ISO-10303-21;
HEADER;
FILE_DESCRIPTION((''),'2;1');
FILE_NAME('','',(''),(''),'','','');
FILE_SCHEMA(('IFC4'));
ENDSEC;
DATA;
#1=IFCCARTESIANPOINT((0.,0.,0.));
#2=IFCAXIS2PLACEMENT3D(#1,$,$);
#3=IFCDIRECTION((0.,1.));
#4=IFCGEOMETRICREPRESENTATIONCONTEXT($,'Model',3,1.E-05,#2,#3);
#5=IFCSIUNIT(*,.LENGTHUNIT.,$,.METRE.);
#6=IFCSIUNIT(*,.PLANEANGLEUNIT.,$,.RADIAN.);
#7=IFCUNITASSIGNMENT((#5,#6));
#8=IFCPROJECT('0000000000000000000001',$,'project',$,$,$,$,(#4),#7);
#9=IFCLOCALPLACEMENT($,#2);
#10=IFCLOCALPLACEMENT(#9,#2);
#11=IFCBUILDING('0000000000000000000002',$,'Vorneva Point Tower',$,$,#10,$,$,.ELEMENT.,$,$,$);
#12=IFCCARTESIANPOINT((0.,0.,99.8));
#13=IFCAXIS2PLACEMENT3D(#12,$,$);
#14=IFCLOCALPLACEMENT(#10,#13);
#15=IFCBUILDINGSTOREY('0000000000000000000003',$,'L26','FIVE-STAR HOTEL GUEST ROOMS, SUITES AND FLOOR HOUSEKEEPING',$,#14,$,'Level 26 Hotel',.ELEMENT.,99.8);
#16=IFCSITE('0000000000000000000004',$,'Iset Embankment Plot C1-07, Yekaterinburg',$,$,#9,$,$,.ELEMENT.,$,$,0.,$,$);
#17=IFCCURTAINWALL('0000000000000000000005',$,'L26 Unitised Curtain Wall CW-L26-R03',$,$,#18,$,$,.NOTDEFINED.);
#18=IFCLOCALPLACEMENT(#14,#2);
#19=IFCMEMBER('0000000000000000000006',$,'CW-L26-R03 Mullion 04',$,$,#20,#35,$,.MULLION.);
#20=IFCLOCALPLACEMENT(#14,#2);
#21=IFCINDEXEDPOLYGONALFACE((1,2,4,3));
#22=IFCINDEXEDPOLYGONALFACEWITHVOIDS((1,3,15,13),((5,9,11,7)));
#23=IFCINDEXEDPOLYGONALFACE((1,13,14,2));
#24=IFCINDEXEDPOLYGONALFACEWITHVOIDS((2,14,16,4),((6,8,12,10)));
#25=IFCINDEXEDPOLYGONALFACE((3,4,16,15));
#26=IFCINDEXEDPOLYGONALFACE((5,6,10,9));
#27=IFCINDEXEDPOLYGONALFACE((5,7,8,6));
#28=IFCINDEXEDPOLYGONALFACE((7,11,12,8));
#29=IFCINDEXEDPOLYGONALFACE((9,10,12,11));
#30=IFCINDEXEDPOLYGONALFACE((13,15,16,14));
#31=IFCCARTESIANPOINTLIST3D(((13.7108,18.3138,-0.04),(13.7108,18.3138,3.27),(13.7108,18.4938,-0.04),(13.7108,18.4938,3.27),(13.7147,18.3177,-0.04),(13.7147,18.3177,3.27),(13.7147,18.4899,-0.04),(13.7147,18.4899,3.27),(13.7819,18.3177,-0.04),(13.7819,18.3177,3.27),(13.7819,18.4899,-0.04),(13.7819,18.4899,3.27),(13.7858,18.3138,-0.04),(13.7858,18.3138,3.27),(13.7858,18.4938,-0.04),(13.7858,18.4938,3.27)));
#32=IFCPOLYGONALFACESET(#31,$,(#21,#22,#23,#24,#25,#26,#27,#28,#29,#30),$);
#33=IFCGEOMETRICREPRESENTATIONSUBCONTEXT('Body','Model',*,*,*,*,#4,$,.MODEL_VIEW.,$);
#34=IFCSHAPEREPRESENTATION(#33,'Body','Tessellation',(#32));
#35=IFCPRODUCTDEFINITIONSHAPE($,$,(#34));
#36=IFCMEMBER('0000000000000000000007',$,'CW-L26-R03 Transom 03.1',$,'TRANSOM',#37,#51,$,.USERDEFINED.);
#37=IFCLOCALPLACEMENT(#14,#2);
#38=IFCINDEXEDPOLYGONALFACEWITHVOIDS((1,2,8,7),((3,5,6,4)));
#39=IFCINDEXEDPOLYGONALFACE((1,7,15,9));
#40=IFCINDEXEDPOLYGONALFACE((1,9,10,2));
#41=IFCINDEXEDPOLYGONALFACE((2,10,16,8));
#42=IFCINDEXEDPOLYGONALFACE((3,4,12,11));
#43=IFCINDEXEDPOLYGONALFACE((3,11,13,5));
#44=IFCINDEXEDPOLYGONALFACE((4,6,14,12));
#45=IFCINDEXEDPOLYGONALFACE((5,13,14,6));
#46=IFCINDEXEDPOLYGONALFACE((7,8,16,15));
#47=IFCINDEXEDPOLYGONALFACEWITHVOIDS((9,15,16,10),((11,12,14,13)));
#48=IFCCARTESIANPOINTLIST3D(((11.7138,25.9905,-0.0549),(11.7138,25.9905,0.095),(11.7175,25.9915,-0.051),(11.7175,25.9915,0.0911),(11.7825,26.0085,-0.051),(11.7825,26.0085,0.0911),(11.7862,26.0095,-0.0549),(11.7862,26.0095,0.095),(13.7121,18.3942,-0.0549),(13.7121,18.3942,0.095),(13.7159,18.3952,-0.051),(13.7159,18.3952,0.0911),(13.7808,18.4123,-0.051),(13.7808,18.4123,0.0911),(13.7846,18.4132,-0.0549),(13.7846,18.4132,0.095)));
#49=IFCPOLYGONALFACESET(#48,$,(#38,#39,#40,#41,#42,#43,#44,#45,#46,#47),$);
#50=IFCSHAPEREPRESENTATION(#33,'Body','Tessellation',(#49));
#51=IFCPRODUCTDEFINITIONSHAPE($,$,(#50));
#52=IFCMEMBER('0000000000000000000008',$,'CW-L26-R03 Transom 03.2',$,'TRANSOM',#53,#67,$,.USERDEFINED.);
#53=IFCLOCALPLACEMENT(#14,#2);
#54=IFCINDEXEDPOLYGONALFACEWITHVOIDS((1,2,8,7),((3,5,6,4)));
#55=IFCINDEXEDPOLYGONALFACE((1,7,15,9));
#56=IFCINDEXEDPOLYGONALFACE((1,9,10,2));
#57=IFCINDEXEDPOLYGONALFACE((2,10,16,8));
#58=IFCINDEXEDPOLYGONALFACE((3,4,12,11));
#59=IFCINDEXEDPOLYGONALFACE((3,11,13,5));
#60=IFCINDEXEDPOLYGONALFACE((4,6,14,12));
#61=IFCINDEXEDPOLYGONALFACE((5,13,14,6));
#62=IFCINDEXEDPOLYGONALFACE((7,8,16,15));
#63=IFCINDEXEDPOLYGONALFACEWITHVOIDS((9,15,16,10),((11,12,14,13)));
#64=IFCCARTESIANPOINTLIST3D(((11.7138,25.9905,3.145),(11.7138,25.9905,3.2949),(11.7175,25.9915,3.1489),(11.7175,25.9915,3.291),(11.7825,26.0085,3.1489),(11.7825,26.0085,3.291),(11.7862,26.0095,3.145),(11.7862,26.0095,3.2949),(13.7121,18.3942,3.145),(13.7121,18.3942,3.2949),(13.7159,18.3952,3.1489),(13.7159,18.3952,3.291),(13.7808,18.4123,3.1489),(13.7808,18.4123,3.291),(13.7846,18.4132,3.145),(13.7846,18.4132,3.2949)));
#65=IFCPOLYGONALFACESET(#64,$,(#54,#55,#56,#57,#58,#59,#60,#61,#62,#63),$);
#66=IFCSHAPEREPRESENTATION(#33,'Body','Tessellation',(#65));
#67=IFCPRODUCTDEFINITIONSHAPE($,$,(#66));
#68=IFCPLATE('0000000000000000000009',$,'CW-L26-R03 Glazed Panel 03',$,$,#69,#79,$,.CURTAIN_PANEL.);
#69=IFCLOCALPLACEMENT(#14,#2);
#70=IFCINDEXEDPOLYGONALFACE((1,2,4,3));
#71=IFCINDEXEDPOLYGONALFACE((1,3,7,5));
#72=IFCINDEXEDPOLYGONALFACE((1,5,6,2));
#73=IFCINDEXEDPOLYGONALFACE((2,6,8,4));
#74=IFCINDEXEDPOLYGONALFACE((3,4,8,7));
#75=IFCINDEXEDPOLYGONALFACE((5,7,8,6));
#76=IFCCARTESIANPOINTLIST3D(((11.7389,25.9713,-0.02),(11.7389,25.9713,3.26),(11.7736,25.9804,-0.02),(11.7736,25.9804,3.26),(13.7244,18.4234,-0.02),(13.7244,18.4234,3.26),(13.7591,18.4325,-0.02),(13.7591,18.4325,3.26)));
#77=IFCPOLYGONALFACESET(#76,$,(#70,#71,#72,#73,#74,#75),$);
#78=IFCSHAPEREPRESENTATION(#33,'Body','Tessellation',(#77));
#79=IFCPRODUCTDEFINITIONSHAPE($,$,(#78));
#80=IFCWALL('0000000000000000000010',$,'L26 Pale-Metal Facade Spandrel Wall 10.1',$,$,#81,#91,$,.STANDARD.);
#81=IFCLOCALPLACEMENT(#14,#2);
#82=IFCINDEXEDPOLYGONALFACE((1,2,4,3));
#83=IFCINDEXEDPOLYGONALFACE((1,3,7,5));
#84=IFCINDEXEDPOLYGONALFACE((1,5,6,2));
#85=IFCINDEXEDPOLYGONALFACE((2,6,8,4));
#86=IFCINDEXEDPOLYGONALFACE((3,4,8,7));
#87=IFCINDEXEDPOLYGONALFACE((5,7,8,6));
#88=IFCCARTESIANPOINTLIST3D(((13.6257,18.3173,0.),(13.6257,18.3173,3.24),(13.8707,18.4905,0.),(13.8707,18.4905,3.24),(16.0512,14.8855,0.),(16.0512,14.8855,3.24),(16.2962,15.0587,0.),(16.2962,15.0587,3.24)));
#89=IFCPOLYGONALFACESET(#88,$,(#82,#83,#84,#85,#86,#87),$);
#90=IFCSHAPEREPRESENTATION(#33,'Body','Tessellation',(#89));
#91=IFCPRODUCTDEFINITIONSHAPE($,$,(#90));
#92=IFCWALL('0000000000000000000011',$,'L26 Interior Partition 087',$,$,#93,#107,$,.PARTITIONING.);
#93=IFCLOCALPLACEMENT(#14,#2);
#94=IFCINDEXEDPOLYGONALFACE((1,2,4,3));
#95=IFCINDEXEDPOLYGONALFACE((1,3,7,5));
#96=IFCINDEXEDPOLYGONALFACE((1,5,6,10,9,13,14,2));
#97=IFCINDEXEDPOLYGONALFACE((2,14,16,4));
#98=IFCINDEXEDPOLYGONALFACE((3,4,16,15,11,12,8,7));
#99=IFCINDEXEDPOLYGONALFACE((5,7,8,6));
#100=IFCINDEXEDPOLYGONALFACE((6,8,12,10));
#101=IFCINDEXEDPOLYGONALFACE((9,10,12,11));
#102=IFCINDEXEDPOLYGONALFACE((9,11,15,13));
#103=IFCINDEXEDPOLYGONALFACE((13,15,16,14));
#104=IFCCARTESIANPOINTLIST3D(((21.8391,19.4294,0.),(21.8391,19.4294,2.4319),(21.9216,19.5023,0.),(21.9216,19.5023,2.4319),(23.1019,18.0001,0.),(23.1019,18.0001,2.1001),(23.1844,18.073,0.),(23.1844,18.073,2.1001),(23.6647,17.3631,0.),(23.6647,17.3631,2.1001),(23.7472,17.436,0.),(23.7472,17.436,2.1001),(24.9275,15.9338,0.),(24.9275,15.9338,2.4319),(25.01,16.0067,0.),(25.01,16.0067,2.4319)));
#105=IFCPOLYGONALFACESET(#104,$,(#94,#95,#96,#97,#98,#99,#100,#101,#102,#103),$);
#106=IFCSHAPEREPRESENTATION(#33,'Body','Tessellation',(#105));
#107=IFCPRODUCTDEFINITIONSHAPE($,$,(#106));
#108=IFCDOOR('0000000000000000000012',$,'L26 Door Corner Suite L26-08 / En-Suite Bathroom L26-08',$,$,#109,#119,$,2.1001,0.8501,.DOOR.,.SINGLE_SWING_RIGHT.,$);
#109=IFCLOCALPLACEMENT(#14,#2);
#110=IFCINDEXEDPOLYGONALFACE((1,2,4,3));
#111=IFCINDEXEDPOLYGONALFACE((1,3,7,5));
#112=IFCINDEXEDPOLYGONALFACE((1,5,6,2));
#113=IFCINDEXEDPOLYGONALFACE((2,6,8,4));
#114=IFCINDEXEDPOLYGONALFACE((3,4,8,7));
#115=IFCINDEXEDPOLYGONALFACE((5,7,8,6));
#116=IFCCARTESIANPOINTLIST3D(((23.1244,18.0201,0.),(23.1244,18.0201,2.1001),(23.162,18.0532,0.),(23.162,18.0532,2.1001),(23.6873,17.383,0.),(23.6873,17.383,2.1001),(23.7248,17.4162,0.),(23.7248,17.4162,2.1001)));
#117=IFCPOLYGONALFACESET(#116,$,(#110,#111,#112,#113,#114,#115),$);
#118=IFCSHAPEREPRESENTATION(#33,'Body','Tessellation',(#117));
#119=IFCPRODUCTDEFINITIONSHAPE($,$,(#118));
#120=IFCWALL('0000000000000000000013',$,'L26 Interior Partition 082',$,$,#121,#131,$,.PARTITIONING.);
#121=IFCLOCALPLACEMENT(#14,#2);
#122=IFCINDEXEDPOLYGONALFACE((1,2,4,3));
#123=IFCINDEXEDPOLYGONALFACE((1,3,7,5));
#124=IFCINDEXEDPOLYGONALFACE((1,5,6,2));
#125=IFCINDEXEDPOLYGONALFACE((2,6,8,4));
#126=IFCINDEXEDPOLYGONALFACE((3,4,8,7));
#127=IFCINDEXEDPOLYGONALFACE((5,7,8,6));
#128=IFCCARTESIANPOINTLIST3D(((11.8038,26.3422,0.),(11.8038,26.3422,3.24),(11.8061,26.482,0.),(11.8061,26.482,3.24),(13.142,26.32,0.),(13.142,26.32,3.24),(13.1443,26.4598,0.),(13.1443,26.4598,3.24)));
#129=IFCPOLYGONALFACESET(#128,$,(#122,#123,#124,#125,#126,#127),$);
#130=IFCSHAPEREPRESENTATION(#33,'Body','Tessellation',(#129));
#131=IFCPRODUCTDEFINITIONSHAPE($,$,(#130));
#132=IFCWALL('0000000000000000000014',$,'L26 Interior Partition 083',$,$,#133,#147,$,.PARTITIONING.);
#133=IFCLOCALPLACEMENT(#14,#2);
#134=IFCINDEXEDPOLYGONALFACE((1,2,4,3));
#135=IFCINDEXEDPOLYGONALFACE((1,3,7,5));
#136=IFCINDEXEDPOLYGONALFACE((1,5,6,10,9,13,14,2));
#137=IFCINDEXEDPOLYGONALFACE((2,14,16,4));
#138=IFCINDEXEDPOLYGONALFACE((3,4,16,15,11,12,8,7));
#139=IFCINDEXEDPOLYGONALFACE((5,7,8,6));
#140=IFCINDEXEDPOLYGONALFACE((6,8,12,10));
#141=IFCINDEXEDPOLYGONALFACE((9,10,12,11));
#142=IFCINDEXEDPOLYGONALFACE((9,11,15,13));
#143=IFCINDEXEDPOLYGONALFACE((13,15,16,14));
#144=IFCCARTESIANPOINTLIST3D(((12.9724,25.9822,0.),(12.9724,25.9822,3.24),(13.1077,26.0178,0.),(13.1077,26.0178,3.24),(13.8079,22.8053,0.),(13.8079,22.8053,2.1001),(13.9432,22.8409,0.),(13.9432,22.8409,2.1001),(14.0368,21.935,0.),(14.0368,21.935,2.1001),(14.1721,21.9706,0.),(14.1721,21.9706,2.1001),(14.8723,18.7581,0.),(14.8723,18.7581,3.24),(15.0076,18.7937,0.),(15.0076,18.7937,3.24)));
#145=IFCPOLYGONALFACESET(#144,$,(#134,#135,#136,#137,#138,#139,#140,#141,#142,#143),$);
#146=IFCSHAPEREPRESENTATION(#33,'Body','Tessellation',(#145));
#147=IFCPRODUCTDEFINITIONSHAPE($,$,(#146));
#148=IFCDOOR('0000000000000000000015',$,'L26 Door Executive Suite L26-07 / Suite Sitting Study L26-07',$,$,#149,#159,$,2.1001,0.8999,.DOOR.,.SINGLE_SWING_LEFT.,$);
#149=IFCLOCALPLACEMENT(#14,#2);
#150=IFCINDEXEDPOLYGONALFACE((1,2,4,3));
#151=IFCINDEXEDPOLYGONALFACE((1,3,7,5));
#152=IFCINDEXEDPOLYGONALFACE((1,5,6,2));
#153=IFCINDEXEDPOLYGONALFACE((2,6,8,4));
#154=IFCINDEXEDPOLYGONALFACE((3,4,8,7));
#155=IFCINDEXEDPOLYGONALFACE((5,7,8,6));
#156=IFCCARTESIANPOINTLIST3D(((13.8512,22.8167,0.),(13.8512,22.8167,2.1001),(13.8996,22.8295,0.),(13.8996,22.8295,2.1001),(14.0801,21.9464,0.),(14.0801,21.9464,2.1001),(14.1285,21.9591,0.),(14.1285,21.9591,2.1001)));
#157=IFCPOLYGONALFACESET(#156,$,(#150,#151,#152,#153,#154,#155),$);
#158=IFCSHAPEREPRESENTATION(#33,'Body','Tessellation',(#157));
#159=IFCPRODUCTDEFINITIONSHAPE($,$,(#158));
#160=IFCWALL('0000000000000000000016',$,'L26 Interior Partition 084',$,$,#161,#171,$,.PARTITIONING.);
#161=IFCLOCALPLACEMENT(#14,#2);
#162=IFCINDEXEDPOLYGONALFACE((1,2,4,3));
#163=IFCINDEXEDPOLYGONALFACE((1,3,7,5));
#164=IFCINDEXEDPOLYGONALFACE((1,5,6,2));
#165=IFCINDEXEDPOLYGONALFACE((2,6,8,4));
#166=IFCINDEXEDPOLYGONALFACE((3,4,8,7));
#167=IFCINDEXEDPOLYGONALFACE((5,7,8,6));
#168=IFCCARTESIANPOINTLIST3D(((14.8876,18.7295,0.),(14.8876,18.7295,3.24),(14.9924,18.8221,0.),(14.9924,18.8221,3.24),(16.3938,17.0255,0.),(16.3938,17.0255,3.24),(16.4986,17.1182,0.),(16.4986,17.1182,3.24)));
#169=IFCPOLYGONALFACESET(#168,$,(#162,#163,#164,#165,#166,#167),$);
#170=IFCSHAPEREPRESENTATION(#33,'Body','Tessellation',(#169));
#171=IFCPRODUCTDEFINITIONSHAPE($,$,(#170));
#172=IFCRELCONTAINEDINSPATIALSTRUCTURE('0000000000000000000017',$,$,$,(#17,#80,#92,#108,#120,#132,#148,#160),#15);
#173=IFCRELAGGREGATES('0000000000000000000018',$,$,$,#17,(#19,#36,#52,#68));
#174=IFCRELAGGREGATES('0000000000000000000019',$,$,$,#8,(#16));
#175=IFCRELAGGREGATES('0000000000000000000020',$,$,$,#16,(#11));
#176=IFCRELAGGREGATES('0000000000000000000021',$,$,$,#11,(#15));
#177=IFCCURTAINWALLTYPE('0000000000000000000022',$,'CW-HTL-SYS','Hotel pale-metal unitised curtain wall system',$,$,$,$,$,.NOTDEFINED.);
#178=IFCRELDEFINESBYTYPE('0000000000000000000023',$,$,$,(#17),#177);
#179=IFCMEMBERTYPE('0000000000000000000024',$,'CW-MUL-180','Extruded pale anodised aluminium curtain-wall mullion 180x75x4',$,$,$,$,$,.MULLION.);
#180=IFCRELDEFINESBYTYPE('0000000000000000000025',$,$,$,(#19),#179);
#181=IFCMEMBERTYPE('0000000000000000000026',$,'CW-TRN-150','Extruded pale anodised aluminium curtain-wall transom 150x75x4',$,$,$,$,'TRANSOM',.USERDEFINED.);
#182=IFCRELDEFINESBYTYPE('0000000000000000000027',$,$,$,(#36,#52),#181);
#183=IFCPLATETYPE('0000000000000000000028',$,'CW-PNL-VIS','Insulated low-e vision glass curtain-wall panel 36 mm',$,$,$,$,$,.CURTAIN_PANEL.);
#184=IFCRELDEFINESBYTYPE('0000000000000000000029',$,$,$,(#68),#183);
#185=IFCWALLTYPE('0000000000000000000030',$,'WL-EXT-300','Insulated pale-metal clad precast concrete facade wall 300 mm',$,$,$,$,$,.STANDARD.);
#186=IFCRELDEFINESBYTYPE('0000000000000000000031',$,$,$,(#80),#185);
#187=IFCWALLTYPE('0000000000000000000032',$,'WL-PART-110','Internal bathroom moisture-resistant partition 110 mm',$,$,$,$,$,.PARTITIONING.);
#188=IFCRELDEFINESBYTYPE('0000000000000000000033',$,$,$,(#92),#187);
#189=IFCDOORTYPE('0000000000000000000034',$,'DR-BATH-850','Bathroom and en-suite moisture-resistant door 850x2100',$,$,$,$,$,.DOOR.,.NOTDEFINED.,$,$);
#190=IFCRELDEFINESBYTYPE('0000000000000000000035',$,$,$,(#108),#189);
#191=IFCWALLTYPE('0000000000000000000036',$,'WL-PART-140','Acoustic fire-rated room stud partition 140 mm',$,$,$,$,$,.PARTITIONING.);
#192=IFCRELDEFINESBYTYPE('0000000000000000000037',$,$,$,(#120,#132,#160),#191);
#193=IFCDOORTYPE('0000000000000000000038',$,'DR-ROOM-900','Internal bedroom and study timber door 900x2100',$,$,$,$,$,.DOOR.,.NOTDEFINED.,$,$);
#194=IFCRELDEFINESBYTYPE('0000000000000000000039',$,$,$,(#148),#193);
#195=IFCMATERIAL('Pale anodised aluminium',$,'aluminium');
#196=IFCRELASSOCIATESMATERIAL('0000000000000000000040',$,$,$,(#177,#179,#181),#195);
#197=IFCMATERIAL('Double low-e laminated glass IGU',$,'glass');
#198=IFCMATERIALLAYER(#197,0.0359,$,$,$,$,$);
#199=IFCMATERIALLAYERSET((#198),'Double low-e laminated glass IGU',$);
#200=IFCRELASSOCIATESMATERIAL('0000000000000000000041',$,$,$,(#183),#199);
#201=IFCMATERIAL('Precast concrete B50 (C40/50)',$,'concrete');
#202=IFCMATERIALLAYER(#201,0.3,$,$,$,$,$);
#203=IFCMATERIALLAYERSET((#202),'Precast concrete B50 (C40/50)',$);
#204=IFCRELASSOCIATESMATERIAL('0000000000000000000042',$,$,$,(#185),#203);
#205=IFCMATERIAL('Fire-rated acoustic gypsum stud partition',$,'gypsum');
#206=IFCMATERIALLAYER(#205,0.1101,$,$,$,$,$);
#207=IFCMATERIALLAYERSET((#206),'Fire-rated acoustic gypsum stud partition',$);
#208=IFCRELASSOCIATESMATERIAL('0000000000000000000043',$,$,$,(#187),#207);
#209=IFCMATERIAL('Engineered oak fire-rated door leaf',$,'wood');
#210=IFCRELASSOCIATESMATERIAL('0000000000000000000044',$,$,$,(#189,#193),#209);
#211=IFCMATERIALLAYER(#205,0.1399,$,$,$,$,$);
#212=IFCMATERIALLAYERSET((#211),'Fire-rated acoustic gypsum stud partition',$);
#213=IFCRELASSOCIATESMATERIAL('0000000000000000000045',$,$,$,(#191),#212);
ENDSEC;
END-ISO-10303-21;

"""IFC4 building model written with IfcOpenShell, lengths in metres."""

from ifc_helpers import new_model, si_unit, direction, frame, frame_2d, origin, origin_2d, place, context, subcontext, project, spatial, rectangle, hollow_rectangle, extrude, material, layer, layer_set, material_profile, profile_set, type_object, element, fill, aggregate, save


model = new_model("IFC4")

# Units and contexts
model_context = context("Model", 3, precision=1e-05, world=origin(), true_north=direction((0.0, 1.0)))
body_context = subcontext(model_context, "Body", "Model", "MODEL_VIEW")
ifc_project = project(units=[si_unit("LENGTHUNIT", "METRE"), si_unit("PLANEANGLEUNIT", "RADIAN")], contexts=[model_context])

# Site, building, storey
site_placement = place(None, origin())
site = spatial("IfcSite", under=ifc_project, at=site_placement, Name="Iset Embankment Plot C1-07, Yekaterinburg", CompositionType="ELEMENT", RefElevation=0.0)
building_placement = place(site_placement, origin())
building = spatial("IfcBuilding", under=site, at=building_placement, Name="Vorneva Point Tower", CompositionType="ELEMENT")
storey_placement = place(building_placement, frame((0.0, 0.0, 99.8)))
storey = spatial("IfcBuildingStorey", under=building, at=storey_placement, Name="L26", Description="FIVE-STAR HOTEL GUEST ROOMS, SUITES AND FLOOR HOUSEKEEPING", LongName="Level 26 Hotel", CompositionType="ELEMENT", Elevation=99.8)

# Curtain wall, members, plate
ifc_material_1 = material(Name="Pale anodised aluminium", Category="aluminium")
curtain_wall_type = type_object("IfcCurtainWallType", Name="CW-HTL-SYS", Description="Hotel pale-metal unitised curtain wall system", PredefinedType="NOTDEFINED", material=ifc_material_1)
curtain_wall_placement = place(storey_placement, origin())
curtain_wall = element("IfcCurtainWall", 1, at=curtain_wall_placement, inside=storey, type_object=curtain_wall_type, Name="L26 Unitised Curtain Wall CW-L26-R03", PredefinedType="NOTDEFINED")
ifc_material_profile_1 = material_profile(ifc_material_1, hollow_rectangle(XDim=0.075, YDim=0.1799, WallThickness=0.0039, at=origin_2d()), Name="AL-MUL 180x75x4")
ifc_profile_set_1 = profile_set([ifc_material_profile_1], Name="Pale anodised aluminium")
member_type_1 = type_object("IfcMemberType", Name="CW-MUL-180", Description="Extruded pale anodised aluminium curtain-wall mullion 180x75x4", PredefinedType="MULLION", material=ifc_profile_set_1)
member_1_placement = place(storey_placement, frame((13.7483, 18.4038, -0.04), z_axis=(0.0, 0.0, 1.0), x_axis=(1.0, 0.0, 0.0)))
member_1 = element("IfcMember", 2, at=member_1_placement, type_object=member_type_1, Name="CW-L26-R03 Mullion 04", PredefinedType="MULLION", context=body_context, shape_type="SweptSolid", body=[
    extrude(hollow_rectangle(XDim=0.075, YDim=0.1799, WallThickness=0.0039, at=origin_2d()), origin(), (0.0, 0.0, 1.0), 3.3101),
])
ifc_material_profile_2 = material_profile(ifc_material_1, hollow_rectangle(XDim=0.075, YDim=0.1499, WallThickness=0.0039, at=origin_2d()), Name="AL-TRN 150x75x4")
ifc_profile_set_2 = profile_set([ifc_material_profile_2], Name="Pale anodised aluminium")
member_type_2 = type_object("IfcMemberType", Name="CW-TRN-150", Description="Extruded pale anodised aluminium curtain-wall transom 150x75x4", ElementType="TRANSOM", PredefinedType="USERDEFINED", material=ifc_profile_set_2)
member_2_placement = place(storey_placement, frame((11.75, 26.0, 0.02), z_axis=(0.254409, -0.967097, 0.0), x_axis=(0.967097, 0.254409, 0.0)))
member_2 = element("IfcMember", 3, at=member_2_placement, type_object=member_type_2, Name="CW-L26-R03 Transom 03.1", ObjectType="TRANSOM", PredefinedType="USERDEFINED", context=body_context, shape_type="SweptSolid", body=[
    extrude(hollow_rectangle(XDim=0.075, YDim=0.1499, WallThickness=0.0039, at=origin_2d()), origin(), (0.0, 0.0, 1.0), 7.8547),
])
member_3_placement = place(storey_placement, frame((11.75, 26.0, 3.22), z_axis=(0.254409, -0.967097, 0.0), x_axis=(0.967097, 0.254409, 0.0)))
member_3 = element("IfcMember", 4, at=member_3_placement, type_object=member_type_2, Name="CW-L26-R03 Transom 03.2", ObjectType="TRANSOM", PredefinedType="USERDEFINED", context=body_context, shape_type="SweptSolid", body=[
    extrude(hollow_rectangle(XDim=0.075, YDim=0.1499, WallThickness=0.0039, at=origin_2d()), origin(), (0.0, 0.0, 1.0), 7.8547),
])
ifc_material_2 = material(Name="Double low-e laminated glass IGU", Category="glass")
ifc_layer_1 = layer(ifc_material_2, 0.0359)
ifc_layer_set_1 = layer_set([ifc_layer_1], Name="Double low-e laminated glass IGU")
plate_type = type_object("IfcPlateType", Name="CW-PNL-VIS", Description="Insulated low-e vision glass curtain-wall panel 36 mm", PredefinedType="CURTAIN_PANEL", material=ifc_layer_set_1)
plate_placement = place(storey_placement, frame((12.749, 22.2019, -0.02), z_axis=(0.0, 0.0, 1.0), x_axis=(0.254399, -0.967099, 0.0)))
plate = element("IfcPlate", 5, at=plate_placement, type_object=plate_type, Name="CW-L26-R03 Glazed Panel 03", PredefinedType="CURTAIN_PANEL", context=body_context, shape_type="SweptSolid", body=[
    extrude(rectangle(XDim=7.8047, YDim=0.0359, at=origin_2d()), origin(), (0.0, 0.0, 1.0), 3.28),
])
aggregate(curtain_wall, [member_1, member_2, member_3, plate])

# Wall
ifc_material_3 = material(Name="Precast concrete B50 (C40/50)", Category="concrete")
ifc_layer_2 = layer(ifc_material_3, 0.3)
ifc_layer_set_2 = layer_set([ifc_layer_2], Name="Precast concrete B50 (C40/50)")
wall_type_1 = type_object("IfcWallType", Name="WL-EXT-300", Description="Insulated pale-metal clad precast concrete facade wall 300 mm", PredefinedType="STANDARD", material=ifc_layer_set_2)
wall_1_placement = place(storey_placement, frame((13.7483, 18.4038, 0.0), z_axis=(0.0, 0.0, 1.0), x_axis=(0.577164, -0.816628, 0.0)))
element("IfcWall", 6, at=wall_1_placement, inside=storey, type_object=wall_type_1, Name="L26 Pale-Metal Facade Spandrel Wall 10.1", PredefinedType="STANDARD", context=body_context, shape_type="SweptSolid", body=[
    extrude(rectangle(XDim=4.2024, YDim=0.3, at=frame_2d((2.1011, 0.0))), origin(), (0.0, 0.0, 1.0), 3.24),
])

# Wall, opening, door
ifc_material_4 = material(Name="Fire-rated acoustic gypsum stud partition", Category="gypsum")
ifc_layer_3 = layer(ifc_material_4, 0.1101)
ifc_layer_set_3 = layer_set([ifc_layer_3], Name="Fire-rated acoustic gypsum stud partition")
wall_type_2 = type_object("IfcWallType", Name="WL-PART-110", Description="Internal bathroom moisture-resistant partition 110 mm", PredefinedType="PARTITIONING", material=ifc_layer_set_3)
wall_2_placement = place(storey_placement, frame((24.9688, 15.9702, 0.0), z_axis=(0.0, 0.0, 1.0), x_axis=(-0.662106, 0.74941, 0.0)))
wall_2 = element("IfcWall", 7, at=wall_2_placement, inside=storey, type_object=wall_type_2, Name="L26 Interior Partition 087", PredefinedType="PARTITIONING", context=body_context, shape_type="SweptSolid", body=[
    extrude(rectangle(XDim=4.6646, YDim=0.1101, at=frame_2d((2.3323, 0.0))), origin(), (0.0, 0.0, 1.0), 2.4319),
])
opening_1_placement = place(wall_2_placement, frame((1.9072, 0.0, 0.0)))
opening_1 = element("IfcOpeningElement", 8, at=opening_1_placement, cuts=wall_2, PredefinedType="OPENING", context=body_context, shape_type="SweptSolid", body=[
    extrude(rectangle(XDim=0.8501, YDim=2.1001, at=frame_2d((0.425, 1.05))), frame((0.0, 0.0698, 0.0), z_axis=(0.0, -1.0, 0.0), x_axis=(1.0, 0.0, 0.0)), (0.0, 0.0, 1.0), 0.1399),
])
ifc_material_5 = material(Name="Engineered oak fire-rated door leaf", Category="wood")
door_type_1 = type_object("IfcDoorType", Name="DR-BATH-850", Description="Bathroom and en-suite moisture-resistant door 850x2100", OperationType="NOTDEFINED", PredefinedType="DOOR", material=ifc_material_5)
door_1_placement = place(opening_1_placement, origin())
door_1 = element("IfcDoor", 9, at=door_1_placement, inside=storey, type_object=door_type_1, Name="L26 Door Corner Suite L26-08 / En-Suite Bathroom L26-08", OperationType="SINGLE_SWING_RIGHT", OverallHeight=2.1001, OverallWidth=0.8501, PredefinedType="DOOR", context=body_context, shape_type="SweptSolid", body=[
    extrude(rectangle(XDim=0.8501, YDim=2.1001, at=frame_2d((0.425, 1.05))), frame((0.0, 0.0249, 0.0), z_axis=(0.0, -1.0, 0.0), x_axis=(1.0, 0.0, 0.0)), (0.0, 0.0, 1.0), 0.05),
])
fill(opening_1, door_1)

# Wall
ifc_layer_4 = layer(ifc_material_4, 0.1399)
ifc_layer_set_4 = layer_set([ifc_layer_4], Name="Fire-rated acoustic gypsum stud partition")
wall_type_3 = type_object("IfcWallType", Name="WL-PART-140", Description="Acoustic fire-rated room stud partition 140 mm", PredefinedType="PARTITIONING", material=ifc_layer_set_4)
wall_3_placement = place(storey_placement, frame((11.8049, 26.4121, 0.0), z_axis=(0.0, 0.0, 1.0), x_axis=(0.999862, -0.016601, 0.0)))
element("IfcWall", 10, at=wall_3_placement, inside=storey, type_object=wall_type_3, Name="L26 Interior Partition 082", PredefinedType="PARTITIONING", context=body_context, shape_type="SweptSolid", body=[
    extrude(rectangle(XDim=1.3384, YDim=0.1399, at=frame_2d((0.6692, 0.0))), origin(), (0.0, 0.0, 1.0), 3.24),
])

# Wall, opening, door
wall_4_placement = place(storey_placement, frame((13.04, 26.0, 0.0), z_axis=(0.0, 0.0, 1.0), x_axis=(0.254345, -0.967113, 0.0)))
wall_4 = element("IfcWall", 11, at=wall_4_placement, inside=storey, type_object=wall_type_3, Name="L26 Interior Partition 083", PredefinedType="PARTITIONING", context=body_context, shape_type="SweptSolid", body=[
    extrude(rectangle(XDim=7.4697, YDim=0.1399, at=frame_2d((3.7349, 0.0))), origin(), (0.0, 0.0, 1.0), 3.24),
])
opening_2_placement = place(wall_4_placement, frame((3.2849, 0.0, 0.0)))
opening_2 = element("IfcOpeningElement", 12, at=opening_2_placement, cuts=wall_4, PredefinedType="OPENING", context=body_context, shape_type="SweptSolid", body=[
    extrude(rectangle(XDim=0.8999, YDim=2.1001, at=frame_2d((0.45, 1.05))), frame((0.0, 0.085, 0.0), z_axis=(0.0, -1.0, 0.0), x_axis=(1.0, 0.0, 0.0)), (0.0, 0.0, 1.0), 0.1697),
])
door_type_2 = type_object("IfcDoorType", Name="DR-ROOM-900", Description="Internal bedroom and study timber door 900x2100", OperationType="NOTDEFINED", PredefinedType="DOOR", material=ifc_material_5)
door_2_placement = place(opening_2_placement, origin())
door_2 = element("IfcDoor", 13, at=door_2_placement, inside=storey, type_object=door_type_2, Name="L26 Door Executive Suite L26-07 / Suite Sitting Study L26-07", OperationType="SINGLE_SWING_LEFT", OverallHeight=2.1001, OverallWidth=0.8999, PredefinedType="DOOR", context=body_context, shape_type="SweptSolid", body=[
    extrude(rectangle(XDim=0.8999, YDim=2.1001, at=frame_2d((0.45, 1.05))), frame((0.0, 0.0249, 0.0), z_axis=(0.0, -1.0, 0.0), x_axis=(1.0, 0.0, 0.0)), (0.0, 0.0, 1.0), 0.05),
])
fill(opening_2, door_2)

# Wall
wall_5_placement = place(storey_placement, frame((14.9399, 18.7759, 0.0), z_axis=(0.0, 0.0, 1.0), x_axis=(0.662289, -0.749249, 0.0)))
element("IfcWall", 14, at=wall_5_placement, inside=storey, type_object=wall_type_3, Name="L26 Interior Partition 084", PredefinedType="PARTITIONING", context=body_context, shape_type="SweptSolid", body=[
    extrude(rectangle(XDim=2.2742, YDim=0.1399, at=frame_2d((1.1372, 0.0))), origin(), (0.0, 0.0, 1.0), 3.24),
])

save(model, "model.ifc")
